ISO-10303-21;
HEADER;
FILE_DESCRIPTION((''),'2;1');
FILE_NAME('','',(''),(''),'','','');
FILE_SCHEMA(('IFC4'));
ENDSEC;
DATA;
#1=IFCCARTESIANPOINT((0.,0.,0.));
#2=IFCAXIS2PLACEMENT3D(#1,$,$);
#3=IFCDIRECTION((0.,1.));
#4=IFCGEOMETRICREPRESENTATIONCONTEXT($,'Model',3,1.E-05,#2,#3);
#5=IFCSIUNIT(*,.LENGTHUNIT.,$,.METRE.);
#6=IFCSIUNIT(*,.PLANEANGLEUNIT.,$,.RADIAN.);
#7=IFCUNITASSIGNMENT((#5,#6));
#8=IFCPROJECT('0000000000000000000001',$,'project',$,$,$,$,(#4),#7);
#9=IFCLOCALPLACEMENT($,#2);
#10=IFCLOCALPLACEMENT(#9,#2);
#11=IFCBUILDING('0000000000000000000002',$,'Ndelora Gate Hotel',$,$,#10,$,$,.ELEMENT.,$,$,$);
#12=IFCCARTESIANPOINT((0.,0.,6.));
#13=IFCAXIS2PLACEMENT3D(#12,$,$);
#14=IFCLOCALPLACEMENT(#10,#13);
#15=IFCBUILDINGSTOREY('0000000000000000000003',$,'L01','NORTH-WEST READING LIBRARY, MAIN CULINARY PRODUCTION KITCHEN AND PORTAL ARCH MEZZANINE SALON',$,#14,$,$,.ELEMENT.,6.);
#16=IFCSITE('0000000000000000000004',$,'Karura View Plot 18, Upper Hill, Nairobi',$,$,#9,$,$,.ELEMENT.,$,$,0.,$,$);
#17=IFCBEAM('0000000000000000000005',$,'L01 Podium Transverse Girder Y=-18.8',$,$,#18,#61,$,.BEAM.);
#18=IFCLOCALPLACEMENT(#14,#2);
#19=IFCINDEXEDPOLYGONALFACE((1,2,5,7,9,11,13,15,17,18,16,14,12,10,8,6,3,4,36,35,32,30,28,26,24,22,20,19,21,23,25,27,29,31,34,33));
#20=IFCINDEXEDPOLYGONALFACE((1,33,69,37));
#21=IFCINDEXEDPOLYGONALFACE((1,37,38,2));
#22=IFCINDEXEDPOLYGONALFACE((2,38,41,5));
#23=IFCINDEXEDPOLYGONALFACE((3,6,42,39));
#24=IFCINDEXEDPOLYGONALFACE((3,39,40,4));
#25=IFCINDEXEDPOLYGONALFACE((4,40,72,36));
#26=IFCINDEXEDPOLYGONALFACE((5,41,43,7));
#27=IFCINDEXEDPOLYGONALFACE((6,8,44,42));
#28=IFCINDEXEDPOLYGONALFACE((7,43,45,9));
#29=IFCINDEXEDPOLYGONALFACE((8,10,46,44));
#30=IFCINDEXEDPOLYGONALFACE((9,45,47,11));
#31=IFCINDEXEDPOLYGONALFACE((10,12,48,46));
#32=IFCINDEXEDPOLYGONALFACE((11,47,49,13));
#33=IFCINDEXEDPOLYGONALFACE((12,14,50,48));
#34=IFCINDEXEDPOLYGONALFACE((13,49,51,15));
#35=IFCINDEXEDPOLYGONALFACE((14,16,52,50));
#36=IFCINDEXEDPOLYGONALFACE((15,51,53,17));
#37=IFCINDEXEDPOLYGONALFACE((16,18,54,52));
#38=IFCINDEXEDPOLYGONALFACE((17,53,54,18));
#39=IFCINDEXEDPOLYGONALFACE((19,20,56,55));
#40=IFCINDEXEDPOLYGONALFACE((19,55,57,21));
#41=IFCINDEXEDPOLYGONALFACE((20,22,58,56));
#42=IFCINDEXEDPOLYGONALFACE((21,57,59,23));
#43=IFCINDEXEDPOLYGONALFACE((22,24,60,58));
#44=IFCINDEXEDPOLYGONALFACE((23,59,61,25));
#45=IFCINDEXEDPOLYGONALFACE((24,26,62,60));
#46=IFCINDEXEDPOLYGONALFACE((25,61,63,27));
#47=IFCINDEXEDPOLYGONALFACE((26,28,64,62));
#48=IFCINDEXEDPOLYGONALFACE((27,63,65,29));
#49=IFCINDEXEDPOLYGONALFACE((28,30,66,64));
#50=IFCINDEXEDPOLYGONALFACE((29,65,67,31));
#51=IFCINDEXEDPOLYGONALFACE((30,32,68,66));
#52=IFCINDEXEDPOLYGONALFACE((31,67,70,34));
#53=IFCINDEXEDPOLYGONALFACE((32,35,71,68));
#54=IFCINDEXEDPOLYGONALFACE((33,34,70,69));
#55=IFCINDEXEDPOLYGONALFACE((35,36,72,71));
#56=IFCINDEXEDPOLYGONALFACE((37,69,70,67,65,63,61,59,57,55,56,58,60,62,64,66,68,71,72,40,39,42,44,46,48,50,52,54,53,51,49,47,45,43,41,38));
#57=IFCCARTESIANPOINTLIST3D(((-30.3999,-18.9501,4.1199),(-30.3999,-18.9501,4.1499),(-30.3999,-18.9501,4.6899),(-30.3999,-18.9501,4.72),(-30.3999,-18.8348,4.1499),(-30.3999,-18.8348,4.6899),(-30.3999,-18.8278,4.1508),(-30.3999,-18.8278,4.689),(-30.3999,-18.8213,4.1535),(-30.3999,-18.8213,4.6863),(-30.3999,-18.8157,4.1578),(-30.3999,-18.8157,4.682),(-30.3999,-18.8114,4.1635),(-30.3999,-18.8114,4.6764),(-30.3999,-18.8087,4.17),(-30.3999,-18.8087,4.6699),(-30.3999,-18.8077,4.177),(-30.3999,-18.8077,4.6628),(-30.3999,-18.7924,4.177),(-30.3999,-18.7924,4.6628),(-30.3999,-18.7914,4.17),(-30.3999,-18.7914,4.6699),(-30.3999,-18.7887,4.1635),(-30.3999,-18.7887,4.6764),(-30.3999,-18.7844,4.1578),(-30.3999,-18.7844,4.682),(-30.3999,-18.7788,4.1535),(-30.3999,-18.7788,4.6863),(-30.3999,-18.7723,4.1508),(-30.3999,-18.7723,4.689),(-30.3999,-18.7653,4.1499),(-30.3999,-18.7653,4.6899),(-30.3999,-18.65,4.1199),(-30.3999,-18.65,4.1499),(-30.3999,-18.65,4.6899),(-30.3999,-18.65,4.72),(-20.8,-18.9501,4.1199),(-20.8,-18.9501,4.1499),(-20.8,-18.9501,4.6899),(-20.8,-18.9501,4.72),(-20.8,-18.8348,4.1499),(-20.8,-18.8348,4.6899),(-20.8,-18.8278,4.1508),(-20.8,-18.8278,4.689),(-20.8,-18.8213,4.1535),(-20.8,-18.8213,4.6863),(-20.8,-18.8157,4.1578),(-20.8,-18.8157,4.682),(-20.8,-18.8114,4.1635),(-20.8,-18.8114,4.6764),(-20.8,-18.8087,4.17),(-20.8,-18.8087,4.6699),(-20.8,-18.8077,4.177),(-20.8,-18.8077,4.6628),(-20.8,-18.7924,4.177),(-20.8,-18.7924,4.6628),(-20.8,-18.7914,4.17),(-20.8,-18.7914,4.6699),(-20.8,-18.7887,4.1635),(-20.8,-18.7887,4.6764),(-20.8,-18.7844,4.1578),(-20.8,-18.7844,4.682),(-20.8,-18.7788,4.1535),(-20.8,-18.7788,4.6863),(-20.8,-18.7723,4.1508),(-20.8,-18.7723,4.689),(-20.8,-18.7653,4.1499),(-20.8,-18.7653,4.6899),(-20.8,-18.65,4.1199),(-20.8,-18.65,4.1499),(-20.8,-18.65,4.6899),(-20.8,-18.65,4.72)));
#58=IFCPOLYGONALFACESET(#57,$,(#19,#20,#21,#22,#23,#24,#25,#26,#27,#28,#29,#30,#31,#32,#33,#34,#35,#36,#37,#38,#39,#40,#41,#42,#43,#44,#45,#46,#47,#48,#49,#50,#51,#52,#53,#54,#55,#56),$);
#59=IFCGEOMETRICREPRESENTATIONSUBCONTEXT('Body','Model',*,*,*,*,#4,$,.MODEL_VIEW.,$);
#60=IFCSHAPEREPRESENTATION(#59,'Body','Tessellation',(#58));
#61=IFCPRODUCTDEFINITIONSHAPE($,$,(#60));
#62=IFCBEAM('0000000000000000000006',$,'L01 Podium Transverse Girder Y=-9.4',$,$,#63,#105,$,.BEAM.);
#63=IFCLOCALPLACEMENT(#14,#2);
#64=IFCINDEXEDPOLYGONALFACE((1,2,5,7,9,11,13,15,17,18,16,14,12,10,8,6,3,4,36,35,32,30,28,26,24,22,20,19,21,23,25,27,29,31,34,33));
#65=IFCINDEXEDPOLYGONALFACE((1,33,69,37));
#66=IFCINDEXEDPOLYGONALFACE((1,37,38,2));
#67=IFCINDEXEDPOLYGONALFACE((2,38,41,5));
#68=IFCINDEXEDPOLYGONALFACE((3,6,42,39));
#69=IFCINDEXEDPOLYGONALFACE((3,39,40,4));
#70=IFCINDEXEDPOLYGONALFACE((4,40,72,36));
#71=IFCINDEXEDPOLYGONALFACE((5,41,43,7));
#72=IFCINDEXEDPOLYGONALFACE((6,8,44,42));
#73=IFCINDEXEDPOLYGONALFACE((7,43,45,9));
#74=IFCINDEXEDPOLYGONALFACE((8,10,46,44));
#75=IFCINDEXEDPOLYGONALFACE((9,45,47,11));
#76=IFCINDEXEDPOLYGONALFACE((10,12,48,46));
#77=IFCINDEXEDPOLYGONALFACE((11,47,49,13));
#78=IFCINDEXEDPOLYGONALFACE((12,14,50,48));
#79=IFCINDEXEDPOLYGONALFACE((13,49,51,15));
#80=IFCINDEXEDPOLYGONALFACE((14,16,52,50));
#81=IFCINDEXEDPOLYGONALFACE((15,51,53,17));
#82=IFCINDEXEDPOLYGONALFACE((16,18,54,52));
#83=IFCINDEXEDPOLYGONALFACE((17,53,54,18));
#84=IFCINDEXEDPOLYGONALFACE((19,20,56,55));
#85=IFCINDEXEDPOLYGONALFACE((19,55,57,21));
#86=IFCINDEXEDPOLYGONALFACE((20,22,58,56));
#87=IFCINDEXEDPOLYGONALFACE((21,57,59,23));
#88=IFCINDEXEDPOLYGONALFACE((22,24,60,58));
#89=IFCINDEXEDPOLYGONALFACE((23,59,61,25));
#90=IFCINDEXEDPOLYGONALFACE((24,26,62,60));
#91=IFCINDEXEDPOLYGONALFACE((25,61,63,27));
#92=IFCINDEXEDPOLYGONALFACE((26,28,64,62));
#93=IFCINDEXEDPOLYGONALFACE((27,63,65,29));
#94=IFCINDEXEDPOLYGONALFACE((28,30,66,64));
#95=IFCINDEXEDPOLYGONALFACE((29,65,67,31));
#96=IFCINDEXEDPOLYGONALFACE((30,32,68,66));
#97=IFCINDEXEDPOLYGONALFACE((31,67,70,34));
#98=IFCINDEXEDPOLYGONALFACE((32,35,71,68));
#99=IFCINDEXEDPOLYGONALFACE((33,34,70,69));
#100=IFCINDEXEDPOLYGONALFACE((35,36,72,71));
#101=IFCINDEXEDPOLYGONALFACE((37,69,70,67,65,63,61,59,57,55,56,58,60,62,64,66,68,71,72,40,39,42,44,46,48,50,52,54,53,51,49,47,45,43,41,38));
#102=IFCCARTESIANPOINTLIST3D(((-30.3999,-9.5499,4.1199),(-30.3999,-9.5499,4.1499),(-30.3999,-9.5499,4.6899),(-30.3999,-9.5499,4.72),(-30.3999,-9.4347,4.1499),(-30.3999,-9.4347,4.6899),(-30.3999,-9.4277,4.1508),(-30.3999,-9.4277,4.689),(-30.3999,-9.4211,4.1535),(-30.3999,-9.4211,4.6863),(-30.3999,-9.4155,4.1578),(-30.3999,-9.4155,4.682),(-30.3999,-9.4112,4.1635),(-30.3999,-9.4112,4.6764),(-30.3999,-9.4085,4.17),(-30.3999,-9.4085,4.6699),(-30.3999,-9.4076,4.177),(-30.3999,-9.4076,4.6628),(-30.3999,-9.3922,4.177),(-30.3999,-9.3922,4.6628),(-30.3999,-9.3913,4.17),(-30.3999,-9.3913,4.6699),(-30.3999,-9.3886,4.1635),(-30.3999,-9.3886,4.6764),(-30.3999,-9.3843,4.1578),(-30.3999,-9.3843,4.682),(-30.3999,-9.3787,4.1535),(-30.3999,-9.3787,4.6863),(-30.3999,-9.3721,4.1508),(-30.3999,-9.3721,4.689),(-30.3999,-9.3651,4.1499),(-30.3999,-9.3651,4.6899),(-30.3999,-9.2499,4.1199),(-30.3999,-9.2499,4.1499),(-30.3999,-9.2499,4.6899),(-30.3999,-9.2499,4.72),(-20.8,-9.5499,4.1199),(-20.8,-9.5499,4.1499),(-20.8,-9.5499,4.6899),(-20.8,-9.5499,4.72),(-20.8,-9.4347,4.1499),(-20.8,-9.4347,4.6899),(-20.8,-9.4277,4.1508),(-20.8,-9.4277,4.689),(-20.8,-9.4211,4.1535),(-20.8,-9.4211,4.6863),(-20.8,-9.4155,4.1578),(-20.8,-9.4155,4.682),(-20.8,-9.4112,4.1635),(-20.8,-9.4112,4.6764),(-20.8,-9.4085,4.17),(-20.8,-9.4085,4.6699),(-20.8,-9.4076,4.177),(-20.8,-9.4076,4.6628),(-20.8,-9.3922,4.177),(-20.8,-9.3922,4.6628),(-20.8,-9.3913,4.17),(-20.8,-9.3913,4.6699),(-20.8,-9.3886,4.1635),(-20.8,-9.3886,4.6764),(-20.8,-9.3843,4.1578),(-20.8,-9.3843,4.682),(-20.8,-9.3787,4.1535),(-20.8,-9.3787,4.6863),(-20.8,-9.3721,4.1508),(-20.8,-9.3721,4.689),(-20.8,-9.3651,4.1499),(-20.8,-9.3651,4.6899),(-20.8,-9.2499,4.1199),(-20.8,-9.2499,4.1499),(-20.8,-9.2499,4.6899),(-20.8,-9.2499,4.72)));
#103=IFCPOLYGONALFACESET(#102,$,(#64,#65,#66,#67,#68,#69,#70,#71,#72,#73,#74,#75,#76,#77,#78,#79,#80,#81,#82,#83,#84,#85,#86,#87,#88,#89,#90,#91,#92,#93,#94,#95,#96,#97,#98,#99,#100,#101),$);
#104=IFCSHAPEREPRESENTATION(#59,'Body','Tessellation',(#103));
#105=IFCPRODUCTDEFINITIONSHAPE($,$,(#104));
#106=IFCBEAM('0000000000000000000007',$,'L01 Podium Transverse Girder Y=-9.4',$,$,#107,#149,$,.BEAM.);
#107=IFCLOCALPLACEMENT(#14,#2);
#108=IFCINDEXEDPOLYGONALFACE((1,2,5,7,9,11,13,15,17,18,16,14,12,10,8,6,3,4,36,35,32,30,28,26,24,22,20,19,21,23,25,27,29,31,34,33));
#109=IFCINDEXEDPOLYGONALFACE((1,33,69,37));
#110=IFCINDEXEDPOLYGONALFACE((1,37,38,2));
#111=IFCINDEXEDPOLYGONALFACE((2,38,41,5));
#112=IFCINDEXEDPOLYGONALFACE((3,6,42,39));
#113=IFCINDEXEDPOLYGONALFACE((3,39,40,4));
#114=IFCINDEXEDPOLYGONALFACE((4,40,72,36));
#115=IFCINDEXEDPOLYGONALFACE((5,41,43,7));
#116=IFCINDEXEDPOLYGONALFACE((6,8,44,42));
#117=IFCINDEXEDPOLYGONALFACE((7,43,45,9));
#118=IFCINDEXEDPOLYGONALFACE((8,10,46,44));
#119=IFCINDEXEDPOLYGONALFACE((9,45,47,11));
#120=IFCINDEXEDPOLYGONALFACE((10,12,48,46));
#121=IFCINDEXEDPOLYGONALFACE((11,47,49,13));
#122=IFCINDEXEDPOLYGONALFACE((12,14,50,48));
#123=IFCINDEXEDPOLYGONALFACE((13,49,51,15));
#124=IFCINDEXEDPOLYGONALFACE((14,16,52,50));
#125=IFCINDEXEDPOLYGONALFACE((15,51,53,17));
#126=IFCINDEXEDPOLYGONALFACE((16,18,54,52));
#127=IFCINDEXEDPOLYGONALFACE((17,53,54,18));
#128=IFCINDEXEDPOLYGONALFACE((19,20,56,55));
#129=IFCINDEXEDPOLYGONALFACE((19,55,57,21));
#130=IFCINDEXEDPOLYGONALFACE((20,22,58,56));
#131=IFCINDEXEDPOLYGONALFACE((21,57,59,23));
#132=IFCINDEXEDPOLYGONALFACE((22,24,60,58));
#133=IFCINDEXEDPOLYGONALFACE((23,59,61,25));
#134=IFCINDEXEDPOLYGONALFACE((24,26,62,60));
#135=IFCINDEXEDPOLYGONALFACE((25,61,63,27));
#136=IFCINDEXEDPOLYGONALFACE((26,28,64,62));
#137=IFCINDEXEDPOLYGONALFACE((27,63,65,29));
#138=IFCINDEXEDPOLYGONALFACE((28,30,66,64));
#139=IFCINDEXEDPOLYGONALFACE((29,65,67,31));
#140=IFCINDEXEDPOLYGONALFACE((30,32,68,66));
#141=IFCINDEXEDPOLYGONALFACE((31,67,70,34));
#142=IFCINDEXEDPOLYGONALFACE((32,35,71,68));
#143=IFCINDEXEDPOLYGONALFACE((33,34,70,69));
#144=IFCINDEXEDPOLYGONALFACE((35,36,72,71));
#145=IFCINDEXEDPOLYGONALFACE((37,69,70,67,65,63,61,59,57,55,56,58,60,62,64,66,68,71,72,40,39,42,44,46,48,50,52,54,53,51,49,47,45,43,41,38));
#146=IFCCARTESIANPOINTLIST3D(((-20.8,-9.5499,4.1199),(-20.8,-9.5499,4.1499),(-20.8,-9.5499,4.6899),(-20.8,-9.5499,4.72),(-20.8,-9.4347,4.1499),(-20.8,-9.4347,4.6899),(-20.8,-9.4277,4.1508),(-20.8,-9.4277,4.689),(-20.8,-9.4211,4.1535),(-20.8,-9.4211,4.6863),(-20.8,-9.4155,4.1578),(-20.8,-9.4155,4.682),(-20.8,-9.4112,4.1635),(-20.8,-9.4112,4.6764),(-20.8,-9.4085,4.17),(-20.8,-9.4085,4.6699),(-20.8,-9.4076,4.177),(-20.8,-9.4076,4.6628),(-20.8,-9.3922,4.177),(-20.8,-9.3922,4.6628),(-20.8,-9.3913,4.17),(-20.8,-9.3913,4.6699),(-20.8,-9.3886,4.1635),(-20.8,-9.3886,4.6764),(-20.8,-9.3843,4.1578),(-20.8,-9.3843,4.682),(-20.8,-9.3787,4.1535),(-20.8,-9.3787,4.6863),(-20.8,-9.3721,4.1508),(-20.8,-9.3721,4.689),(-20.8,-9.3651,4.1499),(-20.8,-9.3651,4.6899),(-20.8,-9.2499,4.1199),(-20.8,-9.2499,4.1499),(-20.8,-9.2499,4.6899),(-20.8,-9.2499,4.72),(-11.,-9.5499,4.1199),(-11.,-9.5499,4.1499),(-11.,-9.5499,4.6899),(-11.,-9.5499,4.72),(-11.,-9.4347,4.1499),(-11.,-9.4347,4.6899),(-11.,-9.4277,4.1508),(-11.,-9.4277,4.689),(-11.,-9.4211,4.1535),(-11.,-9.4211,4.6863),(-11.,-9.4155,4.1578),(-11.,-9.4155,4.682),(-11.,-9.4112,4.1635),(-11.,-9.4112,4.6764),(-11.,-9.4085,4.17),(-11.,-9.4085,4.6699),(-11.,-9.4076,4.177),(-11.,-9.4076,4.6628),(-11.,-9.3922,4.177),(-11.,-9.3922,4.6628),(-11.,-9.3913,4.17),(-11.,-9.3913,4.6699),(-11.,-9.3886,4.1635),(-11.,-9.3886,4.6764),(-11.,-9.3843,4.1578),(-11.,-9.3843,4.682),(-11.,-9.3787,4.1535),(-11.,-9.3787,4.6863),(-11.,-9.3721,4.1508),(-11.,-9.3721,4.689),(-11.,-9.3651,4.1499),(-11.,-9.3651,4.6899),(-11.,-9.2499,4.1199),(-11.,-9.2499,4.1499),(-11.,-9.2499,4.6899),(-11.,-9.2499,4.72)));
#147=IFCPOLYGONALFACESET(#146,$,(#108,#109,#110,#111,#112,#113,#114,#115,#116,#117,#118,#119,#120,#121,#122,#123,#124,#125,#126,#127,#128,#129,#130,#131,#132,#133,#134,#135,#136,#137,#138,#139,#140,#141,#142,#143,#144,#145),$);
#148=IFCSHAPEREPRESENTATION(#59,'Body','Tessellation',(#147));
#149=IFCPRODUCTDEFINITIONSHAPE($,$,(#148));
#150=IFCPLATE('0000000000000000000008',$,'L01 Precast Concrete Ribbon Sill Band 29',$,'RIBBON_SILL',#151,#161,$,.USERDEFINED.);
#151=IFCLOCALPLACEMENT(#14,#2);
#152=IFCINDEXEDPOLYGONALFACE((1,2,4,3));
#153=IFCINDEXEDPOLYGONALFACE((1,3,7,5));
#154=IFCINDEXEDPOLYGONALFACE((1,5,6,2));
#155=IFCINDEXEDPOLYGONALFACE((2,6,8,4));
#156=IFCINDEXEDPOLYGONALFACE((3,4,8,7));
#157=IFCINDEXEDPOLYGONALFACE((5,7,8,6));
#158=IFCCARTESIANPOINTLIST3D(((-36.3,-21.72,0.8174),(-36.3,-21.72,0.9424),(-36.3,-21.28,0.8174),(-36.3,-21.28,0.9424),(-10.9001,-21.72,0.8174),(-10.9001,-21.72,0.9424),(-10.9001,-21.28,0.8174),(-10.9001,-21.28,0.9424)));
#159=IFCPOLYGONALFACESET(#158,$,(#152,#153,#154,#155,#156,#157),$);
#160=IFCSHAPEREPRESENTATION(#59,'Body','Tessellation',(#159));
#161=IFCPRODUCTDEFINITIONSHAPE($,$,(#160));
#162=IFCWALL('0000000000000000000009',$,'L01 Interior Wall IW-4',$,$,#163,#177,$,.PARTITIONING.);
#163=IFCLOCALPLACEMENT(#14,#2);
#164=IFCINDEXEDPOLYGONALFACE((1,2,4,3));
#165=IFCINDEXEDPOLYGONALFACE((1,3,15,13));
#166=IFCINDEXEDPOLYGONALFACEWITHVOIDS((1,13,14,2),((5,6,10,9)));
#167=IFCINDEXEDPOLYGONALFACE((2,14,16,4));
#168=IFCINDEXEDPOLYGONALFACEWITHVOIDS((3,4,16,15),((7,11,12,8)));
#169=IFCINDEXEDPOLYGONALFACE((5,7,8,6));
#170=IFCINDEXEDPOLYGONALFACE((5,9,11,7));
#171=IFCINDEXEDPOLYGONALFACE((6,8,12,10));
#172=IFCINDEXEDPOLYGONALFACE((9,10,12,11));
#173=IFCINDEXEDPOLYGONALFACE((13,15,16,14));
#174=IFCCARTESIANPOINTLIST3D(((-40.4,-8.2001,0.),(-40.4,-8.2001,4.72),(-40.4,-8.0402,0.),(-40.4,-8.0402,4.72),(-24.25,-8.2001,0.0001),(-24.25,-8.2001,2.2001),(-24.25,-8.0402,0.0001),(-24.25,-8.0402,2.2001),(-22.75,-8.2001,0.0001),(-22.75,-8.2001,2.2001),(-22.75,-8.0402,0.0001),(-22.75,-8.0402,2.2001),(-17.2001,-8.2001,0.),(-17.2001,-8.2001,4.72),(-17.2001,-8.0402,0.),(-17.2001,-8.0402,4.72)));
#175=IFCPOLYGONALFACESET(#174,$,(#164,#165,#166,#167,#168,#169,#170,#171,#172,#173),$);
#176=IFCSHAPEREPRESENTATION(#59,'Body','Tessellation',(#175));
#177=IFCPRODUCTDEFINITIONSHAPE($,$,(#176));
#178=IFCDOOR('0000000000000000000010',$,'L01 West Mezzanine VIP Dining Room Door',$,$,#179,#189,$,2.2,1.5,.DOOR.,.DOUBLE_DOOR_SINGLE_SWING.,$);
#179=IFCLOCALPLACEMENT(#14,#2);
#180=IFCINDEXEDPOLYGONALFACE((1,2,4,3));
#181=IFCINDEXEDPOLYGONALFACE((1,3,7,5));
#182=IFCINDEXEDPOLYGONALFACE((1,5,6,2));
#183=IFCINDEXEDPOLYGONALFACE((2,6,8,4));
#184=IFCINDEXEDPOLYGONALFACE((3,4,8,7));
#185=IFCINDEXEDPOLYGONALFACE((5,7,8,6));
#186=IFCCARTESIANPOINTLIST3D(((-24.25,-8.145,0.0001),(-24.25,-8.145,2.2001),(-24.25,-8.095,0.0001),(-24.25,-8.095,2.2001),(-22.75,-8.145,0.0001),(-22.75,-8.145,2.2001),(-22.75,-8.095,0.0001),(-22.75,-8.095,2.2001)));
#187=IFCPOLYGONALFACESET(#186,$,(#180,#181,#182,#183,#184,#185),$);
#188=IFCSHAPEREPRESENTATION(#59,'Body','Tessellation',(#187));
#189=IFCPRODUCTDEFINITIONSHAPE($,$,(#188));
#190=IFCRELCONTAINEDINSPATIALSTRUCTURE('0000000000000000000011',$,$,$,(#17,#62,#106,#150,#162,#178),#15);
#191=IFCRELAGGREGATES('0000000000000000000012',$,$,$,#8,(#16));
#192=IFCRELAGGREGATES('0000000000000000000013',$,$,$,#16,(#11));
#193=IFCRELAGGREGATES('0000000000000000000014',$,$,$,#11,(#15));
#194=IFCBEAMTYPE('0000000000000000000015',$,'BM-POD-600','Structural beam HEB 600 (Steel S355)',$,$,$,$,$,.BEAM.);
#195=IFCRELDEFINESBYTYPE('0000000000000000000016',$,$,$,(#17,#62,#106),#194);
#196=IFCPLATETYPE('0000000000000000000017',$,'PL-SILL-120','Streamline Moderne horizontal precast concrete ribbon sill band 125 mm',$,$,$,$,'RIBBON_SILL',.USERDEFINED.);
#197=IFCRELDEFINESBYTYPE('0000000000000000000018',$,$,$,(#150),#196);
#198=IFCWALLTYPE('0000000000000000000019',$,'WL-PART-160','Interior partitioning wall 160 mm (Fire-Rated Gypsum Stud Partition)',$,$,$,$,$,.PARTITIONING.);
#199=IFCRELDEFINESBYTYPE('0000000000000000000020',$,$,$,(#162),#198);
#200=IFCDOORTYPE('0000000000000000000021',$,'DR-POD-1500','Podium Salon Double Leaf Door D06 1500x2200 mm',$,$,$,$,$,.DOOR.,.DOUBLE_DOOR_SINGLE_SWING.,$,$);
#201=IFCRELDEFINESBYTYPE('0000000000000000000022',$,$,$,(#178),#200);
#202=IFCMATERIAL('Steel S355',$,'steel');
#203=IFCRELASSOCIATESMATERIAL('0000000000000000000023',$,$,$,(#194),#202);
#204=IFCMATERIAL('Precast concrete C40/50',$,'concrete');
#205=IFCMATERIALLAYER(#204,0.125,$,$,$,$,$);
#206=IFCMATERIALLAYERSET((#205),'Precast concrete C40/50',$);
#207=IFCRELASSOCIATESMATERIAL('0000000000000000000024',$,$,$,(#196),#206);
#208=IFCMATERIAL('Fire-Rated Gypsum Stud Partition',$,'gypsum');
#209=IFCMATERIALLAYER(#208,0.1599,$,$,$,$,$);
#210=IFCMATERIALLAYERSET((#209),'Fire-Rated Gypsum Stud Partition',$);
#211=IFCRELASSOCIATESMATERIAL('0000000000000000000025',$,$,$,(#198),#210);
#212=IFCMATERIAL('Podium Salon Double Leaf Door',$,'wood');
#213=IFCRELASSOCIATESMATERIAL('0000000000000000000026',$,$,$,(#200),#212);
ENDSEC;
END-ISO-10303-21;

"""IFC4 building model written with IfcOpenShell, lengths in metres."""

from ifc_helpers import new_model, si_unit, direction, frame, frame_2d, origin, origin_2d, place, context, subcontext, project, spatial, rectangle, i_section, extrude, material, layer, layer_set, material_profile, profile_set, type_object, element, fill, save


model = new_model("IFC4")

# Units and contexts
model_context = context("Model", 3, precision=1e-05, world=origin(), true_north=direction((0.0, 1.0)))
body_context = subcontext(model_context, "Body", "Model", "MODEL_VIEW")
ifc_project = project(units=[si_unit("LENGTHUNIT", "METRE"), si_unit("PLANEANGLEUNIT", "RADIAN")], contexts=[model_context])

# Site, building, storey
site_placement = place(None, origin())
site = spatial("IfcSite", under=ifc_project, at=site_placement, Name="Karura View Plot 18, Upper Hill, Nairobi", CompositionType="ELEMENT", RefElevation=0.0)
building_placement = place(site_placement, origin())
building = spatial("IfcBuilding", under=site, at=building_placement, Name="Ndelora Gate Hotel", CompositionType="ELEMENT")
storey_placement = place(building_placement, frame((0.0, 0.0, 6.0)))
storey = spatial("IfcBuildingStorey", under=building, at=storey_placement, Name="L01", Description="NORTH-WEST READING LIBRARY, MAIN CULINARY PRODUCTION KITCHEN AND PORTAL ARCH MEZZANINE SALON", CompositionType="ELEMENT", Elevation=6.0)

# Beams
ifc_material_1 = material(Name="Steel S355", Category="steel")
ifc_material_profile_1 = material_profile(ifc_material_1, i_section(OverallWidth=0.3, OverallDepth=0.6001, WebThickness=0.0154, FlangeThickness=0.03, FilletRadius=0.0271, at=origin_2d()), Name="HEB 600")
ifc_profile_set_1 = profile_set([ifc_material_profile_1], Name="Steel S355")
beam_type_1 = type_object("IfcBeamType", Name="BM-POD-600", Description="Structural beam HEB 600 (Steel S355)", PredefinedType="BEAM", material=ifc_profile_set_1)
for number, where, z_axis, x_axis, name in (
    (1, (-30.3999, -18.8, 4.4199), (1.0, 0.0, 0.0), (0.0, 1.0, 0.0), "L01 Podium Transverse Girder Y=-18.8"),
    (2, (-30.3999, -9.3999, 4.4199), (1.0, 0.0, 0.0), (0.0, 1.0, 0.0), "L01 Podium Transverse Girder Y=-9.4"),
):
    element("IfcBeam", number, at=place(storey_placement, frame(where, z_axis=z_axis, x_axis=x_axis)), inside=storey, type_object=beam_type_1, Name=name, PredefinedType="BEAM", context=body_context, shape_type="SweptSolid", body=[
        extrude(i_section(OverallWidth=0.3, OverallDepth=0.6001, WebThickness=0.0154, FlangeThickness=0.03, FilletRadius=0.0271, at=origin_2d()), origin(), (0.0, 0.0, 1.0), 9.5999),
    ])
beam_1_placement = place(storey_placement, frame((-20.8, -9.3999, 4.4199), z_axis=(1.0, 0.0, 0.0), x_axis=(0.0, 1.0, 0.0)))
element("IfcBeam", 3, at=beam_1_placement, inside=storey, type_object=beam_type_1, Name="L01 Podium Transverse Girder Y=-9.4", PredefinedType="BEAM", context=body_context, shape_type="SweptSolid", body=[
    extrude(i_section(OverallWidth=0.3, OverallDepth=0.6001, WebThickness=0.0154, FlangeThickness=0.03, FilletRadius=0.0271, at=origin_2d()), origin(), (0.0, 0.0, 1.0), 9.8),
])

# Plate
ifc_material_2 = material(Name="Precast concrete C40/50", Category="concrete")
ifc_layer_1 = layer(ifc_material_2, 0.125)
ifc_layer_set_1 = layer_set([ifc_layer_1], Name="Precast concrete C40/50")
plate_type = type_object("IfcPlateType", Name="PL-SILL-120", Description="Streamline Moderne horizontal precast concrete ribbon sill band 125 mm", ElementType="RIBBON_SILL", PredefinedType="USERDEFINED", material=ifc_layer_set_1)
plate_placement = place(storey_placement, frame((-23.6001, -21.5, 0.8174), z_axis=(0.0, 0.0, 1.0), x_axis=(1.0, 0.0, 0.0)))
element("IfcPlate", 4, at=plate_placement, inside=storey, type_object=plate_type, Name="L01 Precast Concrete Ribbon Sill Band 29", ObjectType="RIBBON_SILL", PredefinedType="USERDEFINED", context=body_context, shape_type="SweptSolid", body=[
    extrude(rectangle(XDim=25.3999, YDim=0.4399, at=origin_2d()), origin(), (0.0, 0.0, 1.0), 0.125),
])

# Wall, opening, door
ifc_material_3 = material(Name="Fire-Rated Gypsum Stud Partition", Category="gypsum")
ifc_layer_2 = layer(ifc_material_3, 0.1599)
ifc_layer_set_2 = layer_set([ifc_layer_2], Name="Fire-Rated Gypsum Stud Partition")
wall_type_1 = type_object("IfcWallType", Name="WL-PART-160", Description="Interior partitioning wall 160 mm (Fire-Rated Gypsum Stud Partition)", PredefinedType="PARTITIONING", material=ifc_layer_set_2)
wall_1_placement = place(storey_placement, frame((-17.2, -8.1201, 0.0), z_axis=(0.0, 0.0, 1.0), x_axis=(-1.0, 0.0, 0.0)))
wall_1 = element("IfcWall", 5, at=wall_1_placement, inside=storey, type_object=wall_type_1, Name="L01 Interior Wall IW-4", PredefinedType="PARTITIONING", context=body_context, shape_type="SweptSolid", body=[
    extrude(rectangle(XDim=23.2, YDim=0.1599, at=frame_2d((11.6001, 0.0))), origin(), (0.0, 0.0, 1.0), 4.72),
])
opening_placement = place(wall_1_placement, frame((5.55, 0.0, 0.0)))
opening = element("IfcOpeningElement", 6, at=opening_placement, cuts=wall_1, PredefinedType="OPENING", context=body_context, shape_type="SweptSolid", body=[
    extrude(rectangle(XDim=1.5, YDim=2.2, at=frame_2d((0.75, 1.1001))), frame((0.0, 0.0898, 0.0), z_axis=(0.0, -1.0, 0.0), x_axis=(1.0, 0.0, 0.0)), (0.0, 0.0, 1.0), 0.1799),
])
ifc_material_4 = material(Name="Podium Salon Double Leaf Door", Category="wood")
door_type = type_object("IfcDoorType", Name="DR-POD-1500", Description="Podium Salon Double Leaf Door D06 1500x2200 mm", OperationType="DOUBLE_DOOR_SINGLE_SWING", PredefinedType="DOOR", material=ifc_material_4)
door_placement = place(opening_placement, origin())
door = element("IfcDoor", 7, at=door_placement, inside=storey, type_object=door_type, Name="L01 West Mezzanine VIP Dining Room Door", OperationType="DOUBLE_DOOR_SINGLE_SWING", OverallHeight=2.2, OverallWidth=1.5, PredefinedType="DOOR", context=body_context, shape_type="SweptSolid", body=[
    extrude(rectangle(XDim=1.5, YDim=2.2, at=frame_2d((0.75, 1.1001))), frame((0.0, 0.0249, 0.0), z_axis=(0.0, -1.0, 0.0), x_axis=(1.0, 0.0, 0.0)), (0.0, 0.0, 1.0), 0.05),
])
fill(opening, door)

save(model, "model.ifc")
